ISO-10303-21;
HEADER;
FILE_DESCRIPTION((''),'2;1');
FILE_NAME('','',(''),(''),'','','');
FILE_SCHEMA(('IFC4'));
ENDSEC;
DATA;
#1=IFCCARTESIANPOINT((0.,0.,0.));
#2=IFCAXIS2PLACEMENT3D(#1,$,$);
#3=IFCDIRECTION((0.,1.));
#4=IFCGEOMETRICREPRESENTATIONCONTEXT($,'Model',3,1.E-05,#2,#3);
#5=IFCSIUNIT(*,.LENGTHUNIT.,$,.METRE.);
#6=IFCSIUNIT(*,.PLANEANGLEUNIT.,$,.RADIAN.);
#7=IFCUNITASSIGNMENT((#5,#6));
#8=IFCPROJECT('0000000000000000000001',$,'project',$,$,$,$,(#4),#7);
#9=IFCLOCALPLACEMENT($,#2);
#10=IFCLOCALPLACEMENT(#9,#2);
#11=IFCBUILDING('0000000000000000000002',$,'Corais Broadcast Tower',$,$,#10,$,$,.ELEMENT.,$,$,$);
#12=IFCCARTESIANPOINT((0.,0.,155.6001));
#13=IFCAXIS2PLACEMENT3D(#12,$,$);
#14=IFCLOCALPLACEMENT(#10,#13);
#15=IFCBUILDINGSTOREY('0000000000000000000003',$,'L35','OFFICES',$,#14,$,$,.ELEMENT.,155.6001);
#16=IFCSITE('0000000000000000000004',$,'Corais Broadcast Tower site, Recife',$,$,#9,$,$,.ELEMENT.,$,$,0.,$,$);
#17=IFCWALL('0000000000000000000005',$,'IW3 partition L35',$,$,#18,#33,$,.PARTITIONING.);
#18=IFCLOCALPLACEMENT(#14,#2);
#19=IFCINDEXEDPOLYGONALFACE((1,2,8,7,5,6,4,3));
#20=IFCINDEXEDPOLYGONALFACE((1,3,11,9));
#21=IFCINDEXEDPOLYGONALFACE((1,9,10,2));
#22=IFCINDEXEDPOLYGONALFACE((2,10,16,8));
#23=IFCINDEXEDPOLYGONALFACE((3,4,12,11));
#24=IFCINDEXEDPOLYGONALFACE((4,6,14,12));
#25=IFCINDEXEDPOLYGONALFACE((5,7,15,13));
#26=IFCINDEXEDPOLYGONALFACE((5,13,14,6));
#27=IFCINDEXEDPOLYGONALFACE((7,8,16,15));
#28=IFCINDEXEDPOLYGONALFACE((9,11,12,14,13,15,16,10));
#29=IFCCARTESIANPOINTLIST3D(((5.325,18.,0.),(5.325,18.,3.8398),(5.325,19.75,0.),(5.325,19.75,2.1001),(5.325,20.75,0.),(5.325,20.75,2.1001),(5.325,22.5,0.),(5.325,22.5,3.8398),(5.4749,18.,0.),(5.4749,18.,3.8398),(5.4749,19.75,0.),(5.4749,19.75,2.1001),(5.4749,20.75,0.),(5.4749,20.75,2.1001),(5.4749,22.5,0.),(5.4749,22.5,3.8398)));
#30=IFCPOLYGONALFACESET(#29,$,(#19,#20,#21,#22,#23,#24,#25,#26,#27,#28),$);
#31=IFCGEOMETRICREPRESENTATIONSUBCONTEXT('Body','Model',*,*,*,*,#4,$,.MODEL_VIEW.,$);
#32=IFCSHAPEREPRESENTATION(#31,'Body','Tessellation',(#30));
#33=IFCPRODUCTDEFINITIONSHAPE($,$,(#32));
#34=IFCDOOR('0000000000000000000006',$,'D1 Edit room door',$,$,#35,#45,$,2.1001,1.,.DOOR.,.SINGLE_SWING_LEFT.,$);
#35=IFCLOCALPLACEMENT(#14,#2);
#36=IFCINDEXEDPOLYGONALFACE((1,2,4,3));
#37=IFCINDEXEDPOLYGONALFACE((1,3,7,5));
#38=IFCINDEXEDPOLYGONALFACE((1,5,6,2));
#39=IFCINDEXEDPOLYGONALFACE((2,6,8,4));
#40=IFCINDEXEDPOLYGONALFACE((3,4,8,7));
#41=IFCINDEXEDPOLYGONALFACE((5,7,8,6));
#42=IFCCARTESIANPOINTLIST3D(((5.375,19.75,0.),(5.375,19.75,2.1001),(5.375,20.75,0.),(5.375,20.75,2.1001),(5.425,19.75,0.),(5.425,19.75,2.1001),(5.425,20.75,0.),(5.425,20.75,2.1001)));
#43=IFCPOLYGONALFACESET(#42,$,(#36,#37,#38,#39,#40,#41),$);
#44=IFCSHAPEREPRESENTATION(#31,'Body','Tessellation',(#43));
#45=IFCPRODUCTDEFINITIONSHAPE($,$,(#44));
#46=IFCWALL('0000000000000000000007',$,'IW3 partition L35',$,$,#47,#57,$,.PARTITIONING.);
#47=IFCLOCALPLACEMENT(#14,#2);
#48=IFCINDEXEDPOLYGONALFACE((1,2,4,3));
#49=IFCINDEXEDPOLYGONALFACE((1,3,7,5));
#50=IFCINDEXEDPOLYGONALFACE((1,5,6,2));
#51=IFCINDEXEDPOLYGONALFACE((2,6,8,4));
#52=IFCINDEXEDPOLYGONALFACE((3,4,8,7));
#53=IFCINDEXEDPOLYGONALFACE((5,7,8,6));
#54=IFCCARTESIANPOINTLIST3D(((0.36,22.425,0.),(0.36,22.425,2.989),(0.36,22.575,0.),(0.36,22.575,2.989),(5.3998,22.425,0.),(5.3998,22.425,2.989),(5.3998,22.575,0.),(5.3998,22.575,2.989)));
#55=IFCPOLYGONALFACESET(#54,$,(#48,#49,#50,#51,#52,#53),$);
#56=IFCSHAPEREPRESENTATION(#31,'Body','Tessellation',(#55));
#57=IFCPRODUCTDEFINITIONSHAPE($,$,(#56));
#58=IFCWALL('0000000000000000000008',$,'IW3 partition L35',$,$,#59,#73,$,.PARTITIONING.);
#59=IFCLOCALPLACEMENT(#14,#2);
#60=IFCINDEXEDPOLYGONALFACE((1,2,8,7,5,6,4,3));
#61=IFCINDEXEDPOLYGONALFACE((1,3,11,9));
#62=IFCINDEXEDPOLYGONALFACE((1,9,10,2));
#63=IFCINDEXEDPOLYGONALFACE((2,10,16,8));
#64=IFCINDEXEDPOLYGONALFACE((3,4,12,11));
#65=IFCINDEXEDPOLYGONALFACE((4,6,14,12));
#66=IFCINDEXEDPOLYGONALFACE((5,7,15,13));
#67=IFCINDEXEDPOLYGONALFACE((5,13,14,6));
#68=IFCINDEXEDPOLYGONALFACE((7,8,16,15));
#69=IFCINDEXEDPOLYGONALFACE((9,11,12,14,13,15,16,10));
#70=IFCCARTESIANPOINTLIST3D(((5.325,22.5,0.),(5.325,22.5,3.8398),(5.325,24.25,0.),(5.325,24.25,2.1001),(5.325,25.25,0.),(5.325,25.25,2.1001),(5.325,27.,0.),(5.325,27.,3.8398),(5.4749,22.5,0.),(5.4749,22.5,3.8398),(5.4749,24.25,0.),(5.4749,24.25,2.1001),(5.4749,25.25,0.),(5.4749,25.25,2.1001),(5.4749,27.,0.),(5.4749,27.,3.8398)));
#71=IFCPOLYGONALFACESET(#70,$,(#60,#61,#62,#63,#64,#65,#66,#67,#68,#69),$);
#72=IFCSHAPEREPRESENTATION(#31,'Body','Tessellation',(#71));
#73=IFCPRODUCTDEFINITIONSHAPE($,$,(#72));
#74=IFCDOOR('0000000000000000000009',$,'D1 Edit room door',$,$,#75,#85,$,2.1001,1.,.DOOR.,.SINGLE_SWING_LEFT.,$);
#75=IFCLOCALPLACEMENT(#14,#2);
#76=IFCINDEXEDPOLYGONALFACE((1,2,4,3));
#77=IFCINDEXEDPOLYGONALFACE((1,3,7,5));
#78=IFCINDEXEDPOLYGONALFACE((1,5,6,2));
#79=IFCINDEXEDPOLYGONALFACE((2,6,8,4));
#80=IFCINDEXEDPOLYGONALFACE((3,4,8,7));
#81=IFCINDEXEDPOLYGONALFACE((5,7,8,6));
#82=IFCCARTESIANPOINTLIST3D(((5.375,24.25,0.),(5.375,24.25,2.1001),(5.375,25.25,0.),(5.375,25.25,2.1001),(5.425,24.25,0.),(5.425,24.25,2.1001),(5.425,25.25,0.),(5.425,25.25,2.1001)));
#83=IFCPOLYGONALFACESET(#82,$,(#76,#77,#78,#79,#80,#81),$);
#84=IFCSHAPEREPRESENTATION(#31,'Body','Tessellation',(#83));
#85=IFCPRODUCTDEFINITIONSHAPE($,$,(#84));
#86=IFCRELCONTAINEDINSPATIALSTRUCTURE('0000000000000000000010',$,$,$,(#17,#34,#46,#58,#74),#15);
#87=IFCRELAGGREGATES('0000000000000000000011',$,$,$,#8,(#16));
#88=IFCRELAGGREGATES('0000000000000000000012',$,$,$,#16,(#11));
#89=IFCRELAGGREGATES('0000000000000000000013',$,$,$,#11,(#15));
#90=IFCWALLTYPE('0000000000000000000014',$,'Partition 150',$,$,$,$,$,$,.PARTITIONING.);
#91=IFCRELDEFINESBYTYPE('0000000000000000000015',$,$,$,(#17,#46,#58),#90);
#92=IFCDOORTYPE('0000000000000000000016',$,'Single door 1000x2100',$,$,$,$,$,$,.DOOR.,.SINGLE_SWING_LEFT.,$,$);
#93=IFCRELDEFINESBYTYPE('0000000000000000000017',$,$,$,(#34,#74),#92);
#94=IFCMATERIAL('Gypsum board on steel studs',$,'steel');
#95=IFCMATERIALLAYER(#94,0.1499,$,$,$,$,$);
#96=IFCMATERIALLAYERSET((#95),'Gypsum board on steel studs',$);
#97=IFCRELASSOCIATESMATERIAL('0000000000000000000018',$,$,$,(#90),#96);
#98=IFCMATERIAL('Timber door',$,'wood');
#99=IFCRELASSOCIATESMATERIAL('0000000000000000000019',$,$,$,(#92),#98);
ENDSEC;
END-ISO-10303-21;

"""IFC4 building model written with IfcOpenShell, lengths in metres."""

from ifc_helpers import new_model, si_unit, direction, frame, frame_2d, origin, place, context, subcontext, project, spatial, rectangle, extrude, material, layer, layer_set, type_object, element, fill, save


model = new_model("IFC4")

# Units and contexts
model_context = context("Model", 3, precision=1e-05, world=origin(), true_north=direction((0.0, 1.0)))
body_context = subcontext(model_context, "Body", "Model", "MODEL_VIEW")
ifc_project = project(units=[si_unit("LENGTHUNIT", "METRE"), si_unit("PLANEANGLEUNIT", "RADIAN")], contexts=[model_context])

# Site, building, storey
site_placement = place(None, origin())
site = spatial("IfcSite", under=ifc_project, at=site_placement, Name="Corais Broadcast Tower site, Recife", CompositionType="ELEMENT", RefElevation=0.0)
building_placement = place(site_placement, origin())
building = spatial("IfcBuilding", under=site, at=building_placement, Name="Corais Broadcast Tower", CompositionType="ELEMENT")
storey_placement = place(building_placement, frame((0.0, 0.0, 155.6001)))
storey = spatial("IfcBuildingStorey", under=building, at=storey_placement, Name="L35", Description="OFFICES", CompositionType="ELEMENT", Elevation=155.6001)

# Shared definitions
ifc_material_1 = material(Name="Gypsum board on steel studs", Category="steel")
ifc_layer_1 = layer(ifc_material_1, 0.1499)
ifc_layer_set_1 = layer_set([ifc_layer_1], Name="Gypsum board on steel studs")
wall_type_1 = type_object("IfcWallType", Name="Partition 150", PredefinedType="PARTITIONING", material=ifc_layer_set_1)

# Wall, opening, door
wall_1_placement = place(storey_placement, frame((5.3999, 18.0, 0.0), z_axis=(0.0, 0.0, 1.0), x_axis=(0.0, 1.0, 0.0)))
wall_1 = element("IfcWall", 1, at=wall_1_placement, inside=storey, type_object=wall_type_1, Name="IW3 partition L35", PredefinedType="PARTITIONING", context=body_context, shape_type="SweptSolid", body=[
    extrude(rectangle(XDim=4.5, YDim=0.1499, at=frame_2d((2.25, 0.0))), origin(), (0.0, 0.0, 1.0), 3.8398),
])
opening_1_placement = place(wall_1_placement, frame((1.75, 0.0, 0.0)))
opening_1 = element("IfcOpeningElement", 2, at=opening_1_placement, cuts=wall_1, PredefinedType="OPENING", context=body_context, shape_type="SweptSolid", body=[
    extrude(rectangle(XDim=1.0, YDim=2.1001, at=frame_2d((0.5, 1.05))), frame((0.0, 0.085, 0.0), z_axis=(0.0, -1.0, 0.0), x_axis=(1.0, 0.0, 0.0)), (0.0, 0.0, 1.0), 0.1699),
])
ifc_material_2 = material(Name="Timber door", Category="wood")
door_type = type_object("IfcDoorType", Name="Single door 1000x2100", OperationType="SINGLE_SWING_LEFT", PredefinedType="DOOR", material=ifc_material_2)
door_1_placement = place(opening_1_placement, origin())
door_1 = element("IfcDoor", 3, at=door_1_placement, inside=storey, type_object=door_type, Name="D1 Edit room door", OperationType="SINGLE_SWING_LEFT", OverallHeight=2.1001, OverallWidth=1.0, PredefinedType="DOOR", context=body_context, shape_type="SweptSolid", body=[
    extrude(rectangle(XDim=1.0, YDim=2.1001, at=frame_2d((0.5, 1.05))), frame((0.0, 0.0249, 0.0), z_axis=(0.0, -1.0, 0.0), x_axis=(1.0, 0.0, 0.0)), (0.0, 0.0, 1.0), 0.05),
])
fill(opening_1, door_1)

# Wall
wall_2_placement = place(storey_placement, frame((5.3999, 22.5, 0.0), z_axis=(0.0, 0.0, 1.0), x_axis=(-1.0, 0.0, 0.0)))
element("IfcWall", 4, at=wall_2_placement, inside=storey, type_object=wall_type_1, Name="IW3 partition L35", PredefinedType="PARTITIONING", context=body_context, shape_type="SweptSolid", body=[
    extrude(rectangle(XDim=5.0398, YDim=0.1499, at=frame_2d((2.52, 0.0))), origin(), (0.0, 0.0, 1.0), 2.989),
])

# Wall, opening, door
wall_3_placement = place(storey_placement, frame((5.3999, 22.5, 0.0), z_axis=(0.0, 0.0, 1.0), x_axis=(0.0, 1.0, 0.0)))
wall_3 = element("IfcWall", 5, at=wall_3_placement, inside=storey, type_object=wall_type_1, Name="IW3 partition L35", PredefinedType="PARTITIONING", context=body_context, shape_type="SweptSolid", body=[
    extrude(rectangle(XDim=4.5, YDim=0.1499, at=frame_2d((2.25, 0.0))), origin(), (0.0, 0.0, 1.0), 3.8398),
])
opening_2_placement = place(wall_3_placement, frame((1.75, 0.0, 0.0)))
opening_2 = element("IfcOpeningElement", 6, at=opening_2_placement, cuts=wall_3, PredefinedType="OPENING", context=body_context, shape_type="SweptSolid", body=[
    extrude(rectangle(XDim=1.0, YDim=2.1001, at=frame_2d((0.5, 1.05))), frame((0.0, 0.085, 0.0), z_axis=(0.0, -1.0, 0.0), x_axis=(1.0, 0.0, 0.0)), (0.0, 0.0, 1.0), 0.1699),
])
door_2_placement = place(opening_2_placement, origin())
door_2 = element("IfcDoor", 7, at=door_2_placement, inside=storey, type_object=door_type, Name="D1 Edit room door", OperationType="SINGLE_SWING_LEFT", OverallHeight=2.1001, OverallWidth=1.0, PredefinedType="DOOR", context=body_context, shape_type="SweptSolid", body=[
    extrude(rectangle(XDim=1.0, YDim=2.1001, at=frame_2d((0.5, 1.05))), frame((0.0, 0.0249, 0.0), z_axis=(0.0, -1.0, 0.0), x_axis=(1.0, 0.0, 0.0)), (0.0, 0.0, 1.0), 0.05),
])
fill(opening_2, door_2)

save(model, "model.ifc")
